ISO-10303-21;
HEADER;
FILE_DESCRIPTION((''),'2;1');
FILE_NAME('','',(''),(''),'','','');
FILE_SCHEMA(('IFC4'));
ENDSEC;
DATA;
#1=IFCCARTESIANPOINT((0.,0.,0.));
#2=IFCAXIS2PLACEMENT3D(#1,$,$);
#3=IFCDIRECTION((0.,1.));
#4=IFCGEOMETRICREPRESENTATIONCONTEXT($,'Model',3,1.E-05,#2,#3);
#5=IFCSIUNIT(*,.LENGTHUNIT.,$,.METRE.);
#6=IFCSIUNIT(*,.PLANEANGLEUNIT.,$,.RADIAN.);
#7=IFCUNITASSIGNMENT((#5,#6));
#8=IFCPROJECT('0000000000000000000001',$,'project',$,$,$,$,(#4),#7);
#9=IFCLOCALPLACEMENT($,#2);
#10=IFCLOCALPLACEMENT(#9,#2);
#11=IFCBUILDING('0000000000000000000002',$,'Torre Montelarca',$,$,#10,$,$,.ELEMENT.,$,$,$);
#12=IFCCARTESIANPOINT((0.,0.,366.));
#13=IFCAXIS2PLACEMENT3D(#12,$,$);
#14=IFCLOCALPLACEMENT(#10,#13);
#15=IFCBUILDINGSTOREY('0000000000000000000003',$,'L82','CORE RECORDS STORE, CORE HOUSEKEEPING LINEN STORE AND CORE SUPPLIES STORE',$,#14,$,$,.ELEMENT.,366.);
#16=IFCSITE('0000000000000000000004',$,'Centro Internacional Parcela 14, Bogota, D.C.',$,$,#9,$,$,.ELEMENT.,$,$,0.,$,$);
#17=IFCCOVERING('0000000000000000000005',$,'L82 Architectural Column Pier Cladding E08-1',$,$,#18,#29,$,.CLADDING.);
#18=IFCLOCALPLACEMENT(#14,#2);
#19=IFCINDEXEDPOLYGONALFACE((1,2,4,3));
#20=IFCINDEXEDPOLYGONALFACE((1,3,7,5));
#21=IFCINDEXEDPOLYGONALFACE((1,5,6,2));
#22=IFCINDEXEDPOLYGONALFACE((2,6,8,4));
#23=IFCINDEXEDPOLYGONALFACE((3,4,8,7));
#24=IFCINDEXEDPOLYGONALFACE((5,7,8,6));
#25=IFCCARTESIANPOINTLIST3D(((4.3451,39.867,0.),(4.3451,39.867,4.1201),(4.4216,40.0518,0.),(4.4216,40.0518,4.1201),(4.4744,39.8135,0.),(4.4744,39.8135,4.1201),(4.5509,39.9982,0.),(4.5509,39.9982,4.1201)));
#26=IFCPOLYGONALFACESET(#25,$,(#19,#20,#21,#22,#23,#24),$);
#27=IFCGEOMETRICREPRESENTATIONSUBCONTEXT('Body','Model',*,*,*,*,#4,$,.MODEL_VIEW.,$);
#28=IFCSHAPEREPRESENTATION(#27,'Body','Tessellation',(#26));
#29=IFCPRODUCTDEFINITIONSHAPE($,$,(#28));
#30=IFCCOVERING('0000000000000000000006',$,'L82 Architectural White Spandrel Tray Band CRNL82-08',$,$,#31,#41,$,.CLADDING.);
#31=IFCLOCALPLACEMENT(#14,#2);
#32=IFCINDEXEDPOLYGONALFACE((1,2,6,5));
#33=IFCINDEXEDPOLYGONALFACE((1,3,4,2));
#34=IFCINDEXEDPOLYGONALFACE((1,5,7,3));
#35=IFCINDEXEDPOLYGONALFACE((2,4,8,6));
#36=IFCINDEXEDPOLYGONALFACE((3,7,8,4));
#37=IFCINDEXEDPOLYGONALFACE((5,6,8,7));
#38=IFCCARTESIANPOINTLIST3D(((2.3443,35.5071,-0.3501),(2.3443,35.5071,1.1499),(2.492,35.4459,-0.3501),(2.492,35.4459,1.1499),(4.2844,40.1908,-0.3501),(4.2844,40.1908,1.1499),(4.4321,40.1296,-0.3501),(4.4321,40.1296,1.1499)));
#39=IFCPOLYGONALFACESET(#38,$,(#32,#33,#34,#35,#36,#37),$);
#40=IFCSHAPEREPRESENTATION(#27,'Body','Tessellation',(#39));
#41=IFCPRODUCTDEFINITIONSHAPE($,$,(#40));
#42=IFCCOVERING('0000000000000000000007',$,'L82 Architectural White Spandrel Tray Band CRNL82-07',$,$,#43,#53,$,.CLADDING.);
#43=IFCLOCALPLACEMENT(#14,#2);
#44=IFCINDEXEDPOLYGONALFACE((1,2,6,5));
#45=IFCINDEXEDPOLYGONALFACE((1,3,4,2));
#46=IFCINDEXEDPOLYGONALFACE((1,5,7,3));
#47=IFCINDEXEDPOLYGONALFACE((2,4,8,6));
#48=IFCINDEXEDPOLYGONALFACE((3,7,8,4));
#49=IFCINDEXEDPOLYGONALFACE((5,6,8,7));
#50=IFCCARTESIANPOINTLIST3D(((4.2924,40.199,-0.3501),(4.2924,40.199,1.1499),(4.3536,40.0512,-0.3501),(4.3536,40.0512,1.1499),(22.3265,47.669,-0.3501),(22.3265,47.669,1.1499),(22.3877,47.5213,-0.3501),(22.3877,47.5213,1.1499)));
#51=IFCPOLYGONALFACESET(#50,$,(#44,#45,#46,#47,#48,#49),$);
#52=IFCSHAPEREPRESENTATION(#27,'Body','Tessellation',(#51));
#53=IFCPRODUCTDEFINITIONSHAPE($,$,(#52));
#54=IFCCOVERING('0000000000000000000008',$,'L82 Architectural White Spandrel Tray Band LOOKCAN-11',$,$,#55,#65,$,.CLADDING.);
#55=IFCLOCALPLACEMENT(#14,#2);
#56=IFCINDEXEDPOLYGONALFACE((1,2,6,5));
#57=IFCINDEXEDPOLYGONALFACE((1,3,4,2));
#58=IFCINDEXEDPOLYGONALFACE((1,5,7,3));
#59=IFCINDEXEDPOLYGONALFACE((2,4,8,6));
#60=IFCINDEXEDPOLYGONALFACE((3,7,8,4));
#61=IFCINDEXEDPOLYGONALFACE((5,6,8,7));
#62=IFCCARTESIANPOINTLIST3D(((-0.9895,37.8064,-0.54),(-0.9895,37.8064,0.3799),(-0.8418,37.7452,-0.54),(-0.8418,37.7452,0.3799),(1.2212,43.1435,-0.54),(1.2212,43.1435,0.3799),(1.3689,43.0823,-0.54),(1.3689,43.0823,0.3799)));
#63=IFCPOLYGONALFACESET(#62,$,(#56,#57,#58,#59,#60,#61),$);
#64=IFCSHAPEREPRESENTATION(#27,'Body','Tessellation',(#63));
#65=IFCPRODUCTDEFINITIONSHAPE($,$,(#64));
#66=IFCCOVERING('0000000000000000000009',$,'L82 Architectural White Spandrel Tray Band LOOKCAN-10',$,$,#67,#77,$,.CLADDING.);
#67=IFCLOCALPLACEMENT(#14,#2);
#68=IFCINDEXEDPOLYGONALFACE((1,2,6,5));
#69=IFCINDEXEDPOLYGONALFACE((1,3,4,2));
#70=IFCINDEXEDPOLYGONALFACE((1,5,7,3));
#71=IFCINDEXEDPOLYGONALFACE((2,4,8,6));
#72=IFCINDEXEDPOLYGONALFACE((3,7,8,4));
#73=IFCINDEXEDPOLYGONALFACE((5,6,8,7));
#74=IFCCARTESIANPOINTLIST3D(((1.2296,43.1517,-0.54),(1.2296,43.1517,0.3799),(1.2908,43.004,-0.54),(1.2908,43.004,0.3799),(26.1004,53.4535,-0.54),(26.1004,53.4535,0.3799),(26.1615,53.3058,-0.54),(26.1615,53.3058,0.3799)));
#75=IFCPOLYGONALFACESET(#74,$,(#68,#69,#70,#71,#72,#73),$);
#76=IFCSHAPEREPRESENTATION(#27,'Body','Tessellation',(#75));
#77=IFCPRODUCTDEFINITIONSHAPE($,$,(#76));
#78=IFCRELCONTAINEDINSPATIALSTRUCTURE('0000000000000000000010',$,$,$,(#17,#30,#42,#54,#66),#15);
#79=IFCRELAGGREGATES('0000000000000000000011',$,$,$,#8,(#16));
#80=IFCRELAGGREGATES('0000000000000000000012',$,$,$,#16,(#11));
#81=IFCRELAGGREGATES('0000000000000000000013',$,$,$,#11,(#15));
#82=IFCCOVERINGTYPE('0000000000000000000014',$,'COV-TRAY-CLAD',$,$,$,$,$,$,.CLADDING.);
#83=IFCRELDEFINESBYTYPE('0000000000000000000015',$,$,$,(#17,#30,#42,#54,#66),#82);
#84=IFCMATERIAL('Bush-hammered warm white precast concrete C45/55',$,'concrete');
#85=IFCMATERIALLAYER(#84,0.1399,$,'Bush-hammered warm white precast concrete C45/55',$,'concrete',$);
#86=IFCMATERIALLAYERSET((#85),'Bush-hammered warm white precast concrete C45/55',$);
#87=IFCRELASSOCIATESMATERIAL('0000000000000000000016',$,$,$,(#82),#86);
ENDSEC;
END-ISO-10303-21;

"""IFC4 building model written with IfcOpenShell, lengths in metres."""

from ifc_helpers import new_model, si_unit, direction, frame, origin, origin_2d, place, context, subcontext, project, spatial, rectangle, extrude, source, transform, mapped, material, layer, layer_set, type_object, element, save


model = new_model("IFC4")

# Units and contexts
model_context = context("Model", 3, precision=1e-05, world=origin(), true_north=direction((0.0, 1.0)))
body_context = subcontext(model_context, "Body", "Model", "MODEL_VIEW")
ifc_project = project(units=[si_unit("LENGTHUNIT", "METRE"), si_unit("PLANEANGLEUNIT", "RADIAN")], contexts=[model_context])

# Site, building, storey
site_placement = place(None, origin())
site = spatial("IfcSite", under=ifc_project, at=site_placement, Name="Centro Internacional Parcela 14, Bogota, D.C.", CompositionType="ELEMENT", RefElevation=0.0)
building_placement = place(site_placement, origin())
building = spatial("IfcBuilding", under=site, at=building_placement, Name="Torre Montelarca", CompositionType="ELEMENT")
storey_placement = place(building_placement, frame((0.0, 0.0, 366.0)))
storey = spatial("IfcBuildingStorey", under=building, at=storey_placement, Name="L82", Description="CORE RECORDS STORE, CORE HOUSEKEEPING LINEN STORE AND CORE SUPPLIES STORE", CompositionType="ELEMENT", Elevation=366.0)

# Coverings
ifc_material_1 = material(Name="Bush-hammered warm white precast concrete C45/55", Category="concrete")
ifc_layer_1 = layer(ifc_material_1, 0.1399, Name="Bush-hammered warm white precast concrete C45/55", Category="concrete")
ifc_layer_set_1 = layer_set([ifc_layer_1], Name="Bush-hammered warm white precast concrete C45/55")
covering_type = type_object("IfcCoveringType", Name="COV-TRAY-CLAD", PredefinedType="CLADDING", material=ifc_layer_set_1)
shared_shape_1 = source(origin(), body_context, "Body", "SweptSolid", [
    extrude(rectangle(XDim=0.2, YDim=0.1399, at=origin_2d()), origin(), (0.0, 0.0, 1.0), 4.1201),
])
for number, where, z_axis, x_axis, name in (
    (1, (4.448, 39.9326, 0.0), (0.0, 0.0, 1.0), (-0.382693, -0.923876, 0.0), "L82 Architectural Column Pier Cladding E08-1"),
):
    element("IfcCovering", number, at=place(storey_placement, frame(where, z_axis=z_axis, x_axis=x_axis)), inside=storey, type_object=covering_type, Name=name, PredefinedType="CLADDING", context=body_context, shape_type="MappedRepresentation", body=[
        mapped(shared_shape_1, transform((0.0, 0.0, 0.0), scale=1.0)),
    ])
shared_shape_2 = source(origin(), body_context, "Body", "SweptSolid", [
    extrude(rectangle(XDim=5.0696, YDim=0.1599, at=origin_2d()), origin(), (0.0, 0.0, 1.0), 1.5),
])
covering_1_placement = place(storey_placement, frame((3.3882, 37.8184, -0.3501), z_axis=(0.0, 0.0, 1.0), x_axis=(-0.382691, -0.923876, 0.0)))
element("IfcCovering", 2, at=covering_1_placement, inside=storey, type_object=covering_type, Name="L82 Architectural White Spandrel Tray Band CRNL82-08", PredefinedType="CLADDING", context=body_context, shape_type="MappedRepresentation", body=[
    mapped(shared_shape_2, transform((0.0, 0.0, 0.0), scale=1.0)),
])
shared_shape_3 = source(origin(), body_context, "Body", "SweptSolid", [
    extrude(rectangle(XDim=19.52, YDim=0.1599, at=origin_2d()), origin(), (0.0, 0.0, 1.0), 1.5),
])
covering_2_placement = place(storey_placement, frame((13.3401, 43.8601, -0.3501), z_axis=(0.0, 0.0, 1.0), x_axis=(-0.923878, -0.382687, 0.0)))
element("IfcCovering", 3, at=covering_2_placement, inside=storey, type_object=covering_type, Name="L82 Architectural White Spandrel Tray Band CRNL82-07", PredefinedType="CLADDING", context=body_context, shape_type="MappedRepresentation", body=[
    mapped(shared_shape_3, transform((0.0, 0.0, 0.0), scale=1.0)),
])
shared_shape_4 = source(origin(), body_context, "Body", "SweptSolid", [
    extrude(rectangle(XDim=5.7769, YDim=0.1599, at=origin_2d()), origin(), (0.0, 0.0, 1.0), 0.9199),
])
covering_3_placement = place(storey_placement, frame((0.1897, 40.4443, -0.54), z_axis=(0.0, 0.0, 1.0), x_axis=(-0.382688, -0.923878, 0.0)))
element("IfcCovering", 4, at=covering_3_placement, inside=storey, type_object=covering_type, Name="L82 Architectural White Spandrel Tray Band LOOKCAN-11", PredefinedType="CLADDING", context=body_context, shape_type="MappedRepresentation", body=[
    mapped(shared_shape_4, transform((0.0, 0.0, 0.0), scale=1.0)),
])
shared_shape_5 = source(origin(), body_context, "Body", "SweptSolid", [
    extrude(rectangle(XDim=26.9199, YDim=0.1599, at=origin_2d()), origin(), (0.0, 0.0, 1.0), 0.9199),
])
covering_4_placement = place(storey_placement, frame((13.6956, 48.2288, -0.54), z_axis=(0.0, 0.0, 1.0), x_axis=(-0.92388, -0.382682, 0.0)))
element("IfcCovering", 5, at=covering_4_placement, inside=storey, type_object=covering_type, Name="L82 Architectural White Spandrel Tray Band LOOKCAN-10", PredefinedType="CLADDING", context=body_context, shape_type="MappedRepresentation", body=[
    mapped(shared_shape_5, transform((0.0, 0.0, 0.0), scale=1.0)),
])

save(model, "model.ifc")
